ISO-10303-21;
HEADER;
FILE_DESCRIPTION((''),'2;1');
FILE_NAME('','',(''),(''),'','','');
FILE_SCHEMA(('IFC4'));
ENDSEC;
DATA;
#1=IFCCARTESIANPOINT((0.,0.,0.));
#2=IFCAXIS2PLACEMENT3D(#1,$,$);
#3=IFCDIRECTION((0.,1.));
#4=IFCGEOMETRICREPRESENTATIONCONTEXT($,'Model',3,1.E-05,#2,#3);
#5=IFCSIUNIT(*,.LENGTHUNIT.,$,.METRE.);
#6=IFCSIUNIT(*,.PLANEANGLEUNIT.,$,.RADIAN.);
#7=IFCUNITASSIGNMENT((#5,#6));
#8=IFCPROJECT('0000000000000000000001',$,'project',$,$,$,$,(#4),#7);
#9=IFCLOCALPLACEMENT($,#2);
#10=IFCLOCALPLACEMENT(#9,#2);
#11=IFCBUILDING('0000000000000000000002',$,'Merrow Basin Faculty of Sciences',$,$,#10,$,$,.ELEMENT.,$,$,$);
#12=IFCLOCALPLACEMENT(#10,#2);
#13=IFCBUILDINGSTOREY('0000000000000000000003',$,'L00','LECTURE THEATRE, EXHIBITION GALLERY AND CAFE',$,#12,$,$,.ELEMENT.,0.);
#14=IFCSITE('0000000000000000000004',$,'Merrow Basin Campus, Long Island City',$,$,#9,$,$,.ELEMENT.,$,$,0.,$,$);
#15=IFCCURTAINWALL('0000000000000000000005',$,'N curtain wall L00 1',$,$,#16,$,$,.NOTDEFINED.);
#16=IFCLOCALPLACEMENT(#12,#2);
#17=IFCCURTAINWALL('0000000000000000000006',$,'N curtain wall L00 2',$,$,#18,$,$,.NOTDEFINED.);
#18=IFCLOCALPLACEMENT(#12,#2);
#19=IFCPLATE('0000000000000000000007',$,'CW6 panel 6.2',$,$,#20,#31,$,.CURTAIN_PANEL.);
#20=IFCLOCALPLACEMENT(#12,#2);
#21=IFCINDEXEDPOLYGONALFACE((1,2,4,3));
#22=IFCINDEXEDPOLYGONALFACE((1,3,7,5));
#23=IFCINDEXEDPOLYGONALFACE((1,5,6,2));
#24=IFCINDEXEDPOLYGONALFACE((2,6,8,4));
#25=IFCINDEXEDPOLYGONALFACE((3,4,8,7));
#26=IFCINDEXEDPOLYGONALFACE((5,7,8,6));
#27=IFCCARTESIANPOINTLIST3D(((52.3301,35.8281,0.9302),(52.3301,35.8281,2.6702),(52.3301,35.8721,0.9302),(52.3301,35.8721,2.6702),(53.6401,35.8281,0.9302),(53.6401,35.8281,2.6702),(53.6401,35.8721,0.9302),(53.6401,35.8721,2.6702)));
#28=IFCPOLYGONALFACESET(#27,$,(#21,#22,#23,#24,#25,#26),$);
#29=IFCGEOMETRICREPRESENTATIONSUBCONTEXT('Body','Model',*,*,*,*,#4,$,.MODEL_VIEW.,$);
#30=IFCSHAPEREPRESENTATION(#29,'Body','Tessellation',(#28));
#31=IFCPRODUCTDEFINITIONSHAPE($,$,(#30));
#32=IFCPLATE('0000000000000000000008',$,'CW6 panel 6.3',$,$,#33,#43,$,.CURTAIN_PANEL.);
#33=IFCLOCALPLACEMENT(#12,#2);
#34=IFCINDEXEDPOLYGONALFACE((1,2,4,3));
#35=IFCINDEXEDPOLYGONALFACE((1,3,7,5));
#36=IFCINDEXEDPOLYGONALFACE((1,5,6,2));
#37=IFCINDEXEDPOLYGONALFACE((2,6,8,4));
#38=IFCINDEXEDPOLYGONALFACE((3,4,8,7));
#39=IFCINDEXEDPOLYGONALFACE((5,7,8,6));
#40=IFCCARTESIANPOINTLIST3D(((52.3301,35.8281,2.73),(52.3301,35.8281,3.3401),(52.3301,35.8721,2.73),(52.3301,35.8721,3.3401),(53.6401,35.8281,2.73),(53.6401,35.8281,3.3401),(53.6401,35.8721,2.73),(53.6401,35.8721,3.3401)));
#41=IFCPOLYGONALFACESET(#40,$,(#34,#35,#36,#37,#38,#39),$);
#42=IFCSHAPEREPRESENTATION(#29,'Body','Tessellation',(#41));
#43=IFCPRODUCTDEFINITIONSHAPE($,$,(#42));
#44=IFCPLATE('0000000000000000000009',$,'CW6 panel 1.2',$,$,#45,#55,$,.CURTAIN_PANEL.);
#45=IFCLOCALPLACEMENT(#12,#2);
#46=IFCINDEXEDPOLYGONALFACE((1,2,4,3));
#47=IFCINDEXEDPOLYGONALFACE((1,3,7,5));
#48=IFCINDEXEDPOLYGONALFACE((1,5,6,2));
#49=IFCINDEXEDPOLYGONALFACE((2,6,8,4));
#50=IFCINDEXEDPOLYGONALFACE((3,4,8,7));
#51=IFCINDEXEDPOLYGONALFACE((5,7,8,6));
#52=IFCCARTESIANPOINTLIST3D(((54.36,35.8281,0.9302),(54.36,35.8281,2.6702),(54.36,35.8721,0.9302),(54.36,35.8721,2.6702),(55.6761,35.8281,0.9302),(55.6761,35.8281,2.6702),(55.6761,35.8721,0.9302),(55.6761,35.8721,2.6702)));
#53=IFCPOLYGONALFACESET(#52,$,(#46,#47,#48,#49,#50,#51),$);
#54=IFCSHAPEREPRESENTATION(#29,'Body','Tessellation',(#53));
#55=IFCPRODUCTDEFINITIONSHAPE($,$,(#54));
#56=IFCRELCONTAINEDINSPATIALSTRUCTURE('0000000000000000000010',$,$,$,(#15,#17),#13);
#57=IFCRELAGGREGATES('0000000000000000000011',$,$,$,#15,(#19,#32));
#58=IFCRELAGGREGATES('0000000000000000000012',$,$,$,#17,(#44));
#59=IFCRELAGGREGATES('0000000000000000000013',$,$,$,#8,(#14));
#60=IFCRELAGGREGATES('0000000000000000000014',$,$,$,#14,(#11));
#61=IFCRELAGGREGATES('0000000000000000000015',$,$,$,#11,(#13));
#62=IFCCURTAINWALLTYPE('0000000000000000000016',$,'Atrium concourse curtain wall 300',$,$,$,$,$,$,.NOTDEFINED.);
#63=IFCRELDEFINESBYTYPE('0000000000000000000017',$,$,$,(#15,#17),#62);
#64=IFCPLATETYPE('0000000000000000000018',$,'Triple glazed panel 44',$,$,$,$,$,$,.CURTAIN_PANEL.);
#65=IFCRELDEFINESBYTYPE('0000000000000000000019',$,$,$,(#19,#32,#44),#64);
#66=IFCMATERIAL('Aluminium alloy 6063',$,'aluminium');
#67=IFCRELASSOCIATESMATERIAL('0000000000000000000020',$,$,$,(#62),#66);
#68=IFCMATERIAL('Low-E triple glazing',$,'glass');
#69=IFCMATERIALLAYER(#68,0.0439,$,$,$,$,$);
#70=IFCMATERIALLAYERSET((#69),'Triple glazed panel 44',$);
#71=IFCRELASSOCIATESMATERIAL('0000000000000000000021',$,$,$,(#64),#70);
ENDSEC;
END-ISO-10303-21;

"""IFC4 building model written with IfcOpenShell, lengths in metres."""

from ifc_helpers import new_model, si_unit, direction, frame, origin, origin_2d, place, context, subcontext, project, spatial, rectangle, extrude, material, layer, layer_set, type_object, element, aggregate, save


model = new_model("IFC4")

# Units and contexts
model_context = context("Model", 3, precision=1e-05, world=origin(), true_north=direction((0.0, 1.0)))
body_context = subcontext(model_context, "Body", "Model", "MODEL_VIEW")
ifc_project = project(units=[si_unit("LENGTHUNIT", "METRE"), si_unit("PLANEANGLEUNIT", "RADIAN")], contexts=[model_context])

# Site, building, storey
site_placement = place(None, origin())
site = spatial("IfcSite", under=ifc_project, at=site_placement, Name="Merrow Basin Campus, Long Island City", CompositionType="ELEMENT", RefElevation=0.0)
building_placement = place(site_placement, origin())
building = spatial("IfcBuilding", under=site, at=building_placement, Name="Merrow Basin Faculty of Sciences", CompositionType="ELEMENT")
storey_placement = place(building_placement, origin())
storey = spatial("IfcBuildingStorey", under=building, at=storey_placement, Name="L00", Description="LECTURE THEATRE, EXHIBITION GALLERY AND CAFE", CompositionType="ELEMENT", Elevation=0.0)

# Curtain wall
ifc_material_1 = material(Name="Aluminium alloy 6063", Category="aluminium")
curtain_wall_type = type_object("IfcCurtainWallType", Name="Atrium concourse curtain wall 300", PredefinedType="NOTDEFINED", material=ifc_material_1)
curtain_wall_1_placement = place(storey_placement, origin())
curtain_wall_1 = element("IfcCurtainWall", 1, at=curtain_wall_1_placement, inside=storey, type_object=curtain_wall_type, Name="N curtain wall L00 1", PredefinedType="NOTDEFINED")

# Curtain wall
curtain_wall_2_placement = place(storey_placement, origin())
curtain_wall_2 = element("IfcCurtainWall", 2, at=curtain_wall_2_placement, inside=storey, type_object=curtain_wall_type, Name="N curtain wall L00 2", PredefinedType="NOTDEFINED")

# Plates
ifc_material_2 = material(Name="Low-E triple glazing", Category="glass")
ifc_layer_1 = layer(ifc_material_2, 0.0439)
ifc_layer_set_1 = layer_set([ifc_layer_1], Name="Triple glazed panel 44")
plate_type_1 = type_object("IfcPlateType", Name="Triple glazed panel 44", PredefinedType="CURTAIN_PANEL", material=ifc_layer_set_1)
plate_1_placement = place(storey_placement, frame((52.9851, 35.8501, 0.9302), z_axis=(0.0, 0.0, 1.0), x_axis=(1.0, 0.0, 0.0)))
plate_1 = element("IfcPlate", 3, at=plate_1_placement, type_object=plate_type_1, Name="CW6 panel 6.2", PredefinedType="CURTAIN_PANEL", context=body_context, shape_type="SweptSolid", body=[
    extrude(rectangle(XDim=1.3101, YDim=0.0439, at=origin_2d()), origin(), (0.0, 0.0, 1.0), 1.74),
])
plate_2_placement = place(storey_placement, frame((52.9851, 35.8501, 2.73), z_axis=(0.0, 0.0, 1.0), x_axis=(1.0, 0.0, 0.0)))
plate_2 = element("IfcPlate", 4, at=plate_2_placement, type_object=plate_type_1, Name="CW6 panel 6.3", PredefinedType="CURTAIN_PANEL", context=body_context, shape_type="SweptSolid", body=[
    extrude(rectangle(XDim=1.3101, YDim=0.0439, at=origin_2d()), origin(), (0.0, 0.0, 1.0), 0.6101),
])
aggregate(curtain_wall_1, [plate_1, plate_2])
plate_3_placement = place(storey_placement, frame((55.0181, 35.8501, 0.9302), z_axis=(0.0, 0.0, 1.0), x_axis=(1.0, 0.0, 0.0)))
plate_3 = element("IfcPlate", 5, at=plate_3_placement, type_object=plate_type_1, Name="CW6 panel 1.2", PredefinedType="CURTAIN_PANEL", context=body_context, shape_type="SweptSolid", body=[
    extrude(rectangle(XDim=1.3162, YDim=0.0439, at=origin_2d()), origin(), (0.0, 0.0, 1.0), 1.74),
])
aggregate(curtain_wall_2, [plate_3])

save(model, "model.ifc")
